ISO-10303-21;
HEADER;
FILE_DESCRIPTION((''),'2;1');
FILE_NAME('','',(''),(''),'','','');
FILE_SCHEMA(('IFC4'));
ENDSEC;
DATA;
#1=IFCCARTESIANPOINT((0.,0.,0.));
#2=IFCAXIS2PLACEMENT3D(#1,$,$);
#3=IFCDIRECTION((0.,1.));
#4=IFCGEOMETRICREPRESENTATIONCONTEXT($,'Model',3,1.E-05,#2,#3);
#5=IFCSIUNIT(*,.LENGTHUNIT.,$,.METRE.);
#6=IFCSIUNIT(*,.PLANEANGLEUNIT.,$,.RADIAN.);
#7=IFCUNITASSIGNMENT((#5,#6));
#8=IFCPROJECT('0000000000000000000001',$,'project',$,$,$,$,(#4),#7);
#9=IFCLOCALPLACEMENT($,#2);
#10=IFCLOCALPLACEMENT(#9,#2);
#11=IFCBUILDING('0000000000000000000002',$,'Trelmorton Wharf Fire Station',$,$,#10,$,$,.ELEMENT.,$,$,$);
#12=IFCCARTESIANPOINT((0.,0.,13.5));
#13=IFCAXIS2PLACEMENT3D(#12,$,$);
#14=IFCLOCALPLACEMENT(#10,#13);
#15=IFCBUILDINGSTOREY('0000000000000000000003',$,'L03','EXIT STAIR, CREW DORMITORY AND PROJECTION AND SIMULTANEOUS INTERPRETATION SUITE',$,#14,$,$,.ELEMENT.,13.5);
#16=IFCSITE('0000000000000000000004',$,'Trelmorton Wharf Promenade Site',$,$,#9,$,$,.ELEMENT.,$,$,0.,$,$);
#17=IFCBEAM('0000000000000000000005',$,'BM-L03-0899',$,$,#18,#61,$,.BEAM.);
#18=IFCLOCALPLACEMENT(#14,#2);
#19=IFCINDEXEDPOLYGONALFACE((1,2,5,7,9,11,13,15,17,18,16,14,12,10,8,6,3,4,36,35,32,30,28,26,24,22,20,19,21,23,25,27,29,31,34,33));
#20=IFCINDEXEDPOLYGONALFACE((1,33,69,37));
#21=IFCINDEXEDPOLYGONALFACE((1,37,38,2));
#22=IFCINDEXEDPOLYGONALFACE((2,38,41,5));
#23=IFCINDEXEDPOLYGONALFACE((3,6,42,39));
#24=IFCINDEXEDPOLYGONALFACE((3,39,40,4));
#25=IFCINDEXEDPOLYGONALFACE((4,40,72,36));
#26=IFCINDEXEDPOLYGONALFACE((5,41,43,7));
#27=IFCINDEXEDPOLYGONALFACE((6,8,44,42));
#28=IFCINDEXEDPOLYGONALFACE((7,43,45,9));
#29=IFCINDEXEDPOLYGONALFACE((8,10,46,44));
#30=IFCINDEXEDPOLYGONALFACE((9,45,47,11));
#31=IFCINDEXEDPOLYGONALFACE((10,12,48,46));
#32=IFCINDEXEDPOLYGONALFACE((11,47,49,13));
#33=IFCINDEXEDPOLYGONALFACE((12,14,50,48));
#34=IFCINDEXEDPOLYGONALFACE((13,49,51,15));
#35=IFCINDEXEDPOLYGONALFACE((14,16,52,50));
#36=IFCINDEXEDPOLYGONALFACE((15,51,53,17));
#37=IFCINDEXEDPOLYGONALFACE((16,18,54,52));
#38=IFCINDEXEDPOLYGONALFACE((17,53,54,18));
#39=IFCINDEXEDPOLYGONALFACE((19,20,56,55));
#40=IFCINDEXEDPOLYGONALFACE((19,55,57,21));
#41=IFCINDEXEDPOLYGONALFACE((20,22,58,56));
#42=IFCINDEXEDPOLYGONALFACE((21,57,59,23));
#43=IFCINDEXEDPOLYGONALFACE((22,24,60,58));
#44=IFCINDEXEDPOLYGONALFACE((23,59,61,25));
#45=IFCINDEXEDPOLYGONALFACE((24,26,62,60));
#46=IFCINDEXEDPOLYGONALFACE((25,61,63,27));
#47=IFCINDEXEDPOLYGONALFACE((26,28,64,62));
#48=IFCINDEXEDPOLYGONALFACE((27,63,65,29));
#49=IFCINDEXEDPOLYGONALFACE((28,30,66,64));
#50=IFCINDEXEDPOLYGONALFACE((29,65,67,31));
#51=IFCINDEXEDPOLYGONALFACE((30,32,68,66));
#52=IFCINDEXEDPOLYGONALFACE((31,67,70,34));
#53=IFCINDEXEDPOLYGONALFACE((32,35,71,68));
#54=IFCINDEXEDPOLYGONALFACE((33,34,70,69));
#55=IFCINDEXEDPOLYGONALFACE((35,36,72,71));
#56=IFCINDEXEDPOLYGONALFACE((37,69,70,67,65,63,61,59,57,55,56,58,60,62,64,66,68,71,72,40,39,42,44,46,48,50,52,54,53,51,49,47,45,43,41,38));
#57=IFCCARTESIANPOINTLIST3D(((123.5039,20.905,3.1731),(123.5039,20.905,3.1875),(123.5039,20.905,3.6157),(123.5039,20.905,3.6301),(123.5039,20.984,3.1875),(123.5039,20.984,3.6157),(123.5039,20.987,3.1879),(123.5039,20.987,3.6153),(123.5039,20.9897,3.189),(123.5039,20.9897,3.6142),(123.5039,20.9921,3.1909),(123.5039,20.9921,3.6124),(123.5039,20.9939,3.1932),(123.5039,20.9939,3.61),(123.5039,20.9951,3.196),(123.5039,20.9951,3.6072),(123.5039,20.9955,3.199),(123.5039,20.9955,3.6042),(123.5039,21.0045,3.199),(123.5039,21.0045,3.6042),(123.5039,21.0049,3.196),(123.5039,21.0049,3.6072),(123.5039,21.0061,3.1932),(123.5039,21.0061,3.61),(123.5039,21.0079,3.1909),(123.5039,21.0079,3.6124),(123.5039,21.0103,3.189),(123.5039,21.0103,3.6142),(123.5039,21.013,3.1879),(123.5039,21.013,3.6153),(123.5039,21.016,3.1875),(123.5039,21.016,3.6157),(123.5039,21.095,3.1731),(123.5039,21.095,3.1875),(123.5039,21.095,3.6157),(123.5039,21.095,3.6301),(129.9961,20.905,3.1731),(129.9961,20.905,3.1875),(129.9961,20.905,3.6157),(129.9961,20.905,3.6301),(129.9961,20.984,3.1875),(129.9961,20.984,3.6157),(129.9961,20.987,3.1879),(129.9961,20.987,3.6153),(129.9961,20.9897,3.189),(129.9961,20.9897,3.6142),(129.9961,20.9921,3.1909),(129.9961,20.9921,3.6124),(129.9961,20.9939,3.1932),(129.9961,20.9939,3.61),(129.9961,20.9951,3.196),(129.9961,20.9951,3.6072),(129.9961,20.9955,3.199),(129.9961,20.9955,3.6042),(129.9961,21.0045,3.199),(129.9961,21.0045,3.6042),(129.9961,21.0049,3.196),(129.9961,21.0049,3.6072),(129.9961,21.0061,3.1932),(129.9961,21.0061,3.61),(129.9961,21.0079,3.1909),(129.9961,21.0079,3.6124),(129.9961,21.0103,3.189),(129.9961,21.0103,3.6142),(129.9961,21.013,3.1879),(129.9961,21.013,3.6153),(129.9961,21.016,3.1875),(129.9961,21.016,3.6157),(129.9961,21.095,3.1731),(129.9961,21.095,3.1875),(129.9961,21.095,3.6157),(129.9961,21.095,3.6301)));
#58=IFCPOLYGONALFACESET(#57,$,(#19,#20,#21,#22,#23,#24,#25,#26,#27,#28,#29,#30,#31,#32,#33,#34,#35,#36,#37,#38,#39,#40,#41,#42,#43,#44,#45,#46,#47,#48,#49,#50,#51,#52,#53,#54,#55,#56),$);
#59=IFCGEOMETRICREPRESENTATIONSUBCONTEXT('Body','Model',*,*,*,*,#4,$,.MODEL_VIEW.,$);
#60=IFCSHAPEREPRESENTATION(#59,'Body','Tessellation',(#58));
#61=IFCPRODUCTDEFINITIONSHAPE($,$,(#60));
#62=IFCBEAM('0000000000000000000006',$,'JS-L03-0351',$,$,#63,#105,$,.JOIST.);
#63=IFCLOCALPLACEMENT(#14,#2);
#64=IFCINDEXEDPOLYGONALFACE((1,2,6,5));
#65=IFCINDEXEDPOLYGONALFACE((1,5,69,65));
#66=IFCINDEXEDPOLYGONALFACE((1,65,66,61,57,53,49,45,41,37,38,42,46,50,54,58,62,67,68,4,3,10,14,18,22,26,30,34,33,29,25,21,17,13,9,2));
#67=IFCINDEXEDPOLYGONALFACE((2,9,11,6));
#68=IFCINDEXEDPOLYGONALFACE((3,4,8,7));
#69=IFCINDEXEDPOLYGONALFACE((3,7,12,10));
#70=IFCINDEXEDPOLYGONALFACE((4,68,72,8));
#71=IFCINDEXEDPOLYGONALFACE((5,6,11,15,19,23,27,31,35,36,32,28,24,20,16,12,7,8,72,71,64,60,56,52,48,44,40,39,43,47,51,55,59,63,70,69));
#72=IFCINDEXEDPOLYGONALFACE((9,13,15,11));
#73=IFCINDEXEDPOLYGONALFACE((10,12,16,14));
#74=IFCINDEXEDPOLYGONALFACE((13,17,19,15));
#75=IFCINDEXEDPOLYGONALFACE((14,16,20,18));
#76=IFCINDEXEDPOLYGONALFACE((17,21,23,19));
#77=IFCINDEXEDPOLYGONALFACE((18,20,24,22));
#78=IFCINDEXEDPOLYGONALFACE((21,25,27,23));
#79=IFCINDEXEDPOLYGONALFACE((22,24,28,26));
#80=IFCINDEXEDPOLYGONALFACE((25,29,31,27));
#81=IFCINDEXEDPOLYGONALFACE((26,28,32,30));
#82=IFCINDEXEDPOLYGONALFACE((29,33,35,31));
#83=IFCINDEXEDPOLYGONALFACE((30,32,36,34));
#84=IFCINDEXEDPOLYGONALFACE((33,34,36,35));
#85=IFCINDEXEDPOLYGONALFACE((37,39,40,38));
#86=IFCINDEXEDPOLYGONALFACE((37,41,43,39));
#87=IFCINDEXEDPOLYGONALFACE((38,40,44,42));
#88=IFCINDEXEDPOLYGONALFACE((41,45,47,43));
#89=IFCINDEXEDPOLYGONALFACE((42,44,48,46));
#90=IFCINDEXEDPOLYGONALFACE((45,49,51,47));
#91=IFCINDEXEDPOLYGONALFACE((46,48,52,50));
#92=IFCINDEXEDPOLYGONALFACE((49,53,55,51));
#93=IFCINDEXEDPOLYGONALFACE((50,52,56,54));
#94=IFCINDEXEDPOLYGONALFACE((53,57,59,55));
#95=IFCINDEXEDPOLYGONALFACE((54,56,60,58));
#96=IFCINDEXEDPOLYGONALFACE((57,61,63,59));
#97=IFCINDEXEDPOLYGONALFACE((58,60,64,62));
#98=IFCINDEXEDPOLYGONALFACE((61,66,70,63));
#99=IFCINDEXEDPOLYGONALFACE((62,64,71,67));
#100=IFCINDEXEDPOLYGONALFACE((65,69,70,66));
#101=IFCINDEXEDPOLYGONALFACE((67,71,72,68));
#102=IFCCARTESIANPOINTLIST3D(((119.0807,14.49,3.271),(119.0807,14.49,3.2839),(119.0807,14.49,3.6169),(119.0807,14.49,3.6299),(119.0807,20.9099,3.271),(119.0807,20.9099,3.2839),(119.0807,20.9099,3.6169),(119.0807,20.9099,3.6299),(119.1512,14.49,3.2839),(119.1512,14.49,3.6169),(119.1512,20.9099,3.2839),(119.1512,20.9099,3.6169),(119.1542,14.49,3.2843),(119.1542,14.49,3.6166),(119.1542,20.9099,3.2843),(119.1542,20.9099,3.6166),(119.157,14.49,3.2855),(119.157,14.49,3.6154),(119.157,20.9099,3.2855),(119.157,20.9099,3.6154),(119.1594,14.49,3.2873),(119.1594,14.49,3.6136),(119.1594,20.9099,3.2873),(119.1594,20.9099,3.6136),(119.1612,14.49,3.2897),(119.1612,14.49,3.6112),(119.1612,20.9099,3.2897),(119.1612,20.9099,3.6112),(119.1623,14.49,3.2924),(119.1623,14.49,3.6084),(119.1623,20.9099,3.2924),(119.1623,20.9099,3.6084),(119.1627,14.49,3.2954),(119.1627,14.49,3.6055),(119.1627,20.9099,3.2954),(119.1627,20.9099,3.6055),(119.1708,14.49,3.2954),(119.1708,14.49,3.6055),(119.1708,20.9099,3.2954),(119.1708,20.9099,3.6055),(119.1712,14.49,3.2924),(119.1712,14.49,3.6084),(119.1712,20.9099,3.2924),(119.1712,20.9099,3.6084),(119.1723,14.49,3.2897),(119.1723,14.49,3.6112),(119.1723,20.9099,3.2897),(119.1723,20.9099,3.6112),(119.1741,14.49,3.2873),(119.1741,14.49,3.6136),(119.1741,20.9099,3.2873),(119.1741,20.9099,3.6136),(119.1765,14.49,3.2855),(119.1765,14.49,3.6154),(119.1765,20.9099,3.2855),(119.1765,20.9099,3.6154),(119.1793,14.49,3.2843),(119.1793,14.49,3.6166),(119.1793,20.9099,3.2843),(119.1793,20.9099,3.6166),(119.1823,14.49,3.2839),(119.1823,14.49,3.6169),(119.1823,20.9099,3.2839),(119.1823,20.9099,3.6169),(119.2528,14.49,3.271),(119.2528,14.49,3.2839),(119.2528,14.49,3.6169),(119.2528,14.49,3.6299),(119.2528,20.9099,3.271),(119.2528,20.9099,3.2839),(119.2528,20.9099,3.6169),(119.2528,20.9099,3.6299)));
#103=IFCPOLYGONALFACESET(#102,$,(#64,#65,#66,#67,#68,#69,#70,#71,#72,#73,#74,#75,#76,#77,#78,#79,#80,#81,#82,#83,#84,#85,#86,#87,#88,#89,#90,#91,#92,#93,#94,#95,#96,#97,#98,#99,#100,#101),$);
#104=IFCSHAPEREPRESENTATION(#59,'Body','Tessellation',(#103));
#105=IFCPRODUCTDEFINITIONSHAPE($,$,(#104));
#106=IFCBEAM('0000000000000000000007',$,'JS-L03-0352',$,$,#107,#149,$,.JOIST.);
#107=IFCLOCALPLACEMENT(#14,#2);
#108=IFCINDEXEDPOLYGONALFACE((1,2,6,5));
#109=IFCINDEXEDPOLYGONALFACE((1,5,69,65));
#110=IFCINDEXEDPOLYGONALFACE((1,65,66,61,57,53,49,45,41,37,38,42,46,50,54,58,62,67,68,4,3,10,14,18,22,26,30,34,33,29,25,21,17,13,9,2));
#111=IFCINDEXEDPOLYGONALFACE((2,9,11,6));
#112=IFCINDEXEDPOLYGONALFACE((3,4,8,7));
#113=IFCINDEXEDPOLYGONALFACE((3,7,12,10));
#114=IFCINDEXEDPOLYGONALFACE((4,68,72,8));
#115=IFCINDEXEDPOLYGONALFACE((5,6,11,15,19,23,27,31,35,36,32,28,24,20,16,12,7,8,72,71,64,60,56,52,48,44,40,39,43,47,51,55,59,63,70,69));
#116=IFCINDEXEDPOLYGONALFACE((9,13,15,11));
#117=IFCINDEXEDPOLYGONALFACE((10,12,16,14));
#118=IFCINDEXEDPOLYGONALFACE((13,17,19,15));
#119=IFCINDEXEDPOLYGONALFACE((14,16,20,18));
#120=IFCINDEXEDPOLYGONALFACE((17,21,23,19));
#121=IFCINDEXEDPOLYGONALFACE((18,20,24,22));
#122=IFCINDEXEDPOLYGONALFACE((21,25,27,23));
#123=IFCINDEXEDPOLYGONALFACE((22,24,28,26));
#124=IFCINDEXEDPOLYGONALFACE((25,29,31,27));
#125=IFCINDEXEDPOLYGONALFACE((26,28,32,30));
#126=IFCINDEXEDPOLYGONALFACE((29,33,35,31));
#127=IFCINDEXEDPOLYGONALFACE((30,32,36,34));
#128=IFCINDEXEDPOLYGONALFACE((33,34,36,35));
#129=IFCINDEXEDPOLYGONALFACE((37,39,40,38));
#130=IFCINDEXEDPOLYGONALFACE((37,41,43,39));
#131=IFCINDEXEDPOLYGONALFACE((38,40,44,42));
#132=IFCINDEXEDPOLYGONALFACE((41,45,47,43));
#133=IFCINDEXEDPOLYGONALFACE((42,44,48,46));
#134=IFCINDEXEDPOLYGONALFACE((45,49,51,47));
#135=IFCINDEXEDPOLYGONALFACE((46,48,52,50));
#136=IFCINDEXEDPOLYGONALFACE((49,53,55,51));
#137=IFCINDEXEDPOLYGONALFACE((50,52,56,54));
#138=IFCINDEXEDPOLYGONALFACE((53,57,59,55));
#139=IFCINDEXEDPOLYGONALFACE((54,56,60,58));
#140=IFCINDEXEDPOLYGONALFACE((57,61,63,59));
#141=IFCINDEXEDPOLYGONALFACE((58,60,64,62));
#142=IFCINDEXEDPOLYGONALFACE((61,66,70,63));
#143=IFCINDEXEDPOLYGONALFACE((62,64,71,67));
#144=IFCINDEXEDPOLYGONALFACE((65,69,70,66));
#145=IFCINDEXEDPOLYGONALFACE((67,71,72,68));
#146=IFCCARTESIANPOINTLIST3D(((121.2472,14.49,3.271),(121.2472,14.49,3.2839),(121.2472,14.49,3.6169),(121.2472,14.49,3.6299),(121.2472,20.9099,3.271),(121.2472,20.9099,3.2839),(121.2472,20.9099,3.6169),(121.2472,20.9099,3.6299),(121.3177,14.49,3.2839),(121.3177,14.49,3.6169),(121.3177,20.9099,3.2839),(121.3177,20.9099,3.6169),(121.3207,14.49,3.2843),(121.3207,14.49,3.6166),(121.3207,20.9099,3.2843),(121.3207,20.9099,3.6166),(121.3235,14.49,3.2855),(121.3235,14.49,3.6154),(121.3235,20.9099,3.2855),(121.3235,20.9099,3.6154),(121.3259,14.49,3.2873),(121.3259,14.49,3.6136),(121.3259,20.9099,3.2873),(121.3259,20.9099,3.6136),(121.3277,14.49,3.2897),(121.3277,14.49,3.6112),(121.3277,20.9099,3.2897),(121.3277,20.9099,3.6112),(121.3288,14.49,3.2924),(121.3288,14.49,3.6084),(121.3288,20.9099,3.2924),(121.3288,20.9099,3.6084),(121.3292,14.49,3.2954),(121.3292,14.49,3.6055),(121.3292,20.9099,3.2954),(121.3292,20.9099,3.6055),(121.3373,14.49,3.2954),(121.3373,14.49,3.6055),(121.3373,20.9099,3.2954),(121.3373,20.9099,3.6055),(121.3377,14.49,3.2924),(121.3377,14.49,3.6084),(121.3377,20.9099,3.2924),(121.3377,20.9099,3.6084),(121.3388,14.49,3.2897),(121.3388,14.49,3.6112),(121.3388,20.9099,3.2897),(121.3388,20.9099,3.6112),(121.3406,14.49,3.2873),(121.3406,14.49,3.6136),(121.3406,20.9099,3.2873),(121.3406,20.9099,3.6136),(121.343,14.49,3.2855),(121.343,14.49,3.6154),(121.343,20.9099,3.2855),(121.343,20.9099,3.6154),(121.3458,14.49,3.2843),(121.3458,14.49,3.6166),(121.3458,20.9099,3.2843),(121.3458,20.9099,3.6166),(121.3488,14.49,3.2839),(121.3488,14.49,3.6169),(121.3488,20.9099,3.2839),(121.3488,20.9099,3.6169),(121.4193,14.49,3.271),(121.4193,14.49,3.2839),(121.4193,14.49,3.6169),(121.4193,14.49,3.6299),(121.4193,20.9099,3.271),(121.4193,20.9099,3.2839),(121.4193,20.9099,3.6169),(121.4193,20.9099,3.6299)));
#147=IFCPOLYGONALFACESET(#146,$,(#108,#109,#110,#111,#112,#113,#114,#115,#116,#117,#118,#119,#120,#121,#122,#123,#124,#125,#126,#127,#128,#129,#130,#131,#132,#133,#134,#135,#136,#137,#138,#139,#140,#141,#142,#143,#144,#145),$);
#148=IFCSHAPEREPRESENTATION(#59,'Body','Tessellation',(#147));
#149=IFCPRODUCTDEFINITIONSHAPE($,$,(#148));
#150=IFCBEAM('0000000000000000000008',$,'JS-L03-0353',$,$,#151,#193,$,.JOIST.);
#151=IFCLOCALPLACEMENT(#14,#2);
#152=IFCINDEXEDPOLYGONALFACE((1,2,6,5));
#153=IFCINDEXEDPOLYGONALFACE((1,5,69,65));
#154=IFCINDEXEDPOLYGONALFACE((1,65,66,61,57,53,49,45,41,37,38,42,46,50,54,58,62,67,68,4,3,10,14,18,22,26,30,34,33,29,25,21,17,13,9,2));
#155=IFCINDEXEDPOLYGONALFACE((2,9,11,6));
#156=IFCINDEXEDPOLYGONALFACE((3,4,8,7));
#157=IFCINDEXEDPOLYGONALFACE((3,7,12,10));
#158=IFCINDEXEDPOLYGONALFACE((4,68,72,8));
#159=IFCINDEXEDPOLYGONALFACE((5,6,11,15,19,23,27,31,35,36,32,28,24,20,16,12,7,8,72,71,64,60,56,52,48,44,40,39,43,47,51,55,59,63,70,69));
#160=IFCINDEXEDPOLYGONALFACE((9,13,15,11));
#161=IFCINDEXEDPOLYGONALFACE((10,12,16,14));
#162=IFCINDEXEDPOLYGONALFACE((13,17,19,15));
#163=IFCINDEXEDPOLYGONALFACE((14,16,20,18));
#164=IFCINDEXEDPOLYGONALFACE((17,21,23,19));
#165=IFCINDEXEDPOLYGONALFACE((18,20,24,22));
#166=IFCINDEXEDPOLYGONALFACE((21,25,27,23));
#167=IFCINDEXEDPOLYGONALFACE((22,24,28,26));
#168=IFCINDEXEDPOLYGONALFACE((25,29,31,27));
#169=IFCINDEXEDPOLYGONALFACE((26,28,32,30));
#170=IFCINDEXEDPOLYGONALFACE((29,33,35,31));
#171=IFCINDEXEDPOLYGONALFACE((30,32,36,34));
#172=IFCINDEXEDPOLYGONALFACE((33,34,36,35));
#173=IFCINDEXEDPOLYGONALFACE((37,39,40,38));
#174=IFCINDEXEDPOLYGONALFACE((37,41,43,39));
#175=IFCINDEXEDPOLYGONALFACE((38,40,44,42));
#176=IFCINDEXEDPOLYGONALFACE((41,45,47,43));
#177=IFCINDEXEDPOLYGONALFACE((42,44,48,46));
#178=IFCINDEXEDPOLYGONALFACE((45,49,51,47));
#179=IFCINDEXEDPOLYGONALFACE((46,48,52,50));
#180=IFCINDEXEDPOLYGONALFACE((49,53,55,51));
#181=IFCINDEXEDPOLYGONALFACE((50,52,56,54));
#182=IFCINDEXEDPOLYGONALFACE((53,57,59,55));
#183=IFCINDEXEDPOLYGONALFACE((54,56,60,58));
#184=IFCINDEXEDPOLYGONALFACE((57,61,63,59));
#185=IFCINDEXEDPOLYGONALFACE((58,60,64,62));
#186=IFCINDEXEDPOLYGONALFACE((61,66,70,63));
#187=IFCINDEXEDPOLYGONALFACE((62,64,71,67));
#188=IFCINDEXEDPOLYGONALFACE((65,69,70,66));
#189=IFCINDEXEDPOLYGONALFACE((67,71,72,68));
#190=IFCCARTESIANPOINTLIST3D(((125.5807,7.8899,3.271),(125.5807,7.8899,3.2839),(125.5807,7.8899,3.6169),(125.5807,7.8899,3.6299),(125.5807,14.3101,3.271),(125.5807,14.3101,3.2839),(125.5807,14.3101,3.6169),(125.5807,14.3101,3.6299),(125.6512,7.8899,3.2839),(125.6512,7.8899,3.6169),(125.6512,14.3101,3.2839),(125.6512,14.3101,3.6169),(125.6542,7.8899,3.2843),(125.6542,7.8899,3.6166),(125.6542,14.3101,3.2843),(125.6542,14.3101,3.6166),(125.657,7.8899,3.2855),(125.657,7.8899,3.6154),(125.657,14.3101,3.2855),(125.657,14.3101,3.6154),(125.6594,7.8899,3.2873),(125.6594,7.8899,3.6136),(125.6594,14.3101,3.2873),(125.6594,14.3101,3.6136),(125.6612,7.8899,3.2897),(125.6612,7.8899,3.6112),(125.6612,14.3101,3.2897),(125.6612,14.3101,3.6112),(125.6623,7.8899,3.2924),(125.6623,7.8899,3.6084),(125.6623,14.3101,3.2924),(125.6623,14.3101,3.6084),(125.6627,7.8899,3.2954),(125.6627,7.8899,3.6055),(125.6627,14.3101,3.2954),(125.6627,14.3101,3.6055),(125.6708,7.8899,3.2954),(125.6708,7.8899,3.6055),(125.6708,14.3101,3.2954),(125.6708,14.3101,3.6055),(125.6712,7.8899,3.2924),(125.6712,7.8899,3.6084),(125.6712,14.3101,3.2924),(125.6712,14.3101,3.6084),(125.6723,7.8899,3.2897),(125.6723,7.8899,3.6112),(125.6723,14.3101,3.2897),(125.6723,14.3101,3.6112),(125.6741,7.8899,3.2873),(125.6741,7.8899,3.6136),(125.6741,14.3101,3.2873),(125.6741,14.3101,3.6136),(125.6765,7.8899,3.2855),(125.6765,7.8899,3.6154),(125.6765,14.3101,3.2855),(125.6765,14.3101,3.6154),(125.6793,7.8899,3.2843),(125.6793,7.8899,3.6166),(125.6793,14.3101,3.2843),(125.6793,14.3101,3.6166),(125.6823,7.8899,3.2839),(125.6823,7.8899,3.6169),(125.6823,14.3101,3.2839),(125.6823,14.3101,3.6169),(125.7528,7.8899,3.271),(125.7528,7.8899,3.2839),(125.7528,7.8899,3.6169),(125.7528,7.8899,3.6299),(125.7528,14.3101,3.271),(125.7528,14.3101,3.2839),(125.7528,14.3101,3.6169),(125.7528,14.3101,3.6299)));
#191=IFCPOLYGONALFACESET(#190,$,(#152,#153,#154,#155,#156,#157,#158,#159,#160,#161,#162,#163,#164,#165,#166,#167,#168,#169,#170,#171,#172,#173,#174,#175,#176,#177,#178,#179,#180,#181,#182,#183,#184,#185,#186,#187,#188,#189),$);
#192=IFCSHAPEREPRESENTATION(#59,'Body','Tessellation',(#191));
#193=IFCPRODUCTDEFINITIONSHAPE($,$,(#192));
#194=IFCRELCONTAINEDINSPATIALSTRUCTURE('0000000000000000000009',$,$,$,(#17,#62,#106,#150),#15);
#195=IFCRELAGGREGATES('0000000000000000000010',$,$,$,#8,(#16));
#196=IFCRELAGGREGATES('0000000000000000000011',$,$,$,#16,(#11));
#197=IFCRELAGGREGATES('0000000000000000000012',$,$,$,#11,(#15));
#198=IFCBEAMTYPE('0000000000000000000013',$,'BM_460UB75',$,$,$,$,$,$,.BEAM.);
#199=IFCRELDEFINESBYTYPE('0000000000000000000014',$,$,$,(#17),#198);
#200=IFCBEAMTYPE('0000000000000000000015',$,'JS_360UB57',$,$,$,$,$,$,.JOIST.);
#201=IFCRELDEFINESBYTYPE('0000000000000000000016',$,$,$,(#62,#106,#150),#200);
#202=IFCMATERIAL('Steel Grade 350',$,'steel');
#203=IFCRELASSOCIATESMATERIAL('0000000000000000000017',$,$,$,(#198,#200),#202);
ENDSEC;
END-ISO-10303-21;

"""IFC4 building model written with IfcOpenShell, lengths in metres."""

from ifc_helpers import new_model, si_unit, direction, frame, origin, origin_2d, place, context, subcontext, project, spatial, i_section, extrude, material, material_profile, profile_set, type_object, element, save


model = new_model("IFC4")

# Units and contexts
model_context = context("Model", 3, precision=1e-05, world=origin(), true_north=direction((0.0, 1.0)))
body_context = subcontext(model_context, "Body", "Model", "MODEL_VIEW")
ifc_project = project(units=[si_unit("LENGTHUNIT", "METRE"), si_unit("PLANEANGLEUNIT", "RADIAN")], contexts=[model_context])

# Site, building, storey
site_placement = place(None, origin())
site = spatial("IfcSite", under=ifc_project, at=site_placement, Name="Trelmorton Wharf Promenade Site", CompositionType="ELEMENT", RefElevation=0.0)
building_placement = place(site_placement, origin())
building = spatial("IfcBuilding", under=site, at=building_placement, Name="Trelmorton Wharf Fire Station", CompositionType="ELEMENT")
storey_placement = place(building_placement, frame((0.0, 0.0, 13.5)))
storey = spatial("IfcBuildingStorey", under=building, at=storey_placement, Name="L03", Description="EXIT STAIR, CREW DORMITORY AND PROJECTION AND SIMULTANEOUS INTERPRETATION SUITE", CompositionType="ELEMENT", Elevation=13.5)

# Shared definitions
ifc_material_1 = material(Name="Steel Grade 350", Category="steel")

# Beams
ifc_material_profile_1 = material_profile(ifc_material_1, i_section(OverallWidth=0.1899, OverallDepth=0.457, WebThickness=0.009, FlangeThickness=0.0144, FilletRadius=0.0115, at=origin_2d()), Name="460UB74.6")
ifc_profile_set_1 = profile_set([ifc_material_profile_1], Name="Steel Grade 350")
beam_type_1 = type_object("IfcBeamType", Name="BM_460UB75", PredefinedType="BEAM", material=ifc_profile_set_1)
for number, where, z_axis, x_axis, name in (
    (1, (123.5039, 21.0, 3.4016), (1.0, 0.0, 0.0), (0.0, 1.0, 0.0), "BM-L03-0899"),
):
    element("IfcBeam", number, at=place(storey_placement, frame(where, z_axis=z_axis, x_axis=x_axis)), inside=storey, type_object=beam_type_1, Name=name, PredefinedType="BEAM", context=body_context, shape_type="SweptSolid", body=[
        extrude(i_section(OverallWidth=0.1899, OverallDepth=0.457, WebThickness=0.009, FlangeThickness=0.0144, FilletRadius=0.0115, at=origin_2d()), origin(), (0.0, 0.0, 1.0), 6.4922),
    ])
ifc_material_profile_2 = material_profile(ifc_material_1, i_section(OverallWidth=0.1721, OverallDepth=0.3589, WebThickness=0.0081, FlangeThickness=0.0129, FilletRadius=0.0115, at=origin_2d()), Name="360UB56.7")
ifc_profile_set_2 = profile_set([ifc_material_profile_2], Name="Steel Grade 350")
beam_type_2 = type_object("IfcBeamType", Name="JS_360UB57", PredefinedType="JOIST", material=ifc_profile_set_2)
for number, where, z_axis, x_axis, name in (
    (2, (119.1667, 14.49, 3.4504), (0.0, 1.0, 0.0), (-1.0, 0.0, 0.0), "JS-L03-0351"),
    (3, (121.3333, 14.49, 3.4504), (0.0, 1.0, 0.0), (-1.0, 0.0, 0.0), "JS-L03-0352"),
):
    element("IfcBeam", number, at=place(storey_placement, frame(where, z_axis=z_axis, x_axis=x_axis)), inside=storey, type_object=beam_type_2, Name=name, PredefinedType="JOIST", context=body_context, shape_type="SweptSolid", body=[
        extrude(i_section(OverallWidth=0.1721, OverallDepth=0.3589, WebThickness=0.0081, FlangeThickness=0.0129, FilletRadius=0.0115, at=origin_2d()), origin(), (0.0, 0.0, 1.0), 6.4199),
    ])
for number, where, z_axis, x_axis, name in (
    (4, (125.6667, 7.8899, 3.4504), (0.0, 1.0, 0.0), (-1.0, 0.0, 0.0), "JS-L03-0353"),
):
    element("IfcBeam", number, at=place(storey_placement, frame(where, z_axis=z_axis, x_axis=x_axis)), inside=storey, type_object=beam_type_2, Name=name, PredefinedType="JOIST", context=body_context, shape_type="SweptSolid", body=[
        extrude(i_section(OverallWidth=0.1721, OverallDepth=0.3589, WebThickness=0.0081, FlangeThickness=0.0129, FilletRadius=0.0115, at=origin_2d()), origin(), (0.0, 0.0, 1.0), 6.4202),
    ])

save(model, "model.ifc")
